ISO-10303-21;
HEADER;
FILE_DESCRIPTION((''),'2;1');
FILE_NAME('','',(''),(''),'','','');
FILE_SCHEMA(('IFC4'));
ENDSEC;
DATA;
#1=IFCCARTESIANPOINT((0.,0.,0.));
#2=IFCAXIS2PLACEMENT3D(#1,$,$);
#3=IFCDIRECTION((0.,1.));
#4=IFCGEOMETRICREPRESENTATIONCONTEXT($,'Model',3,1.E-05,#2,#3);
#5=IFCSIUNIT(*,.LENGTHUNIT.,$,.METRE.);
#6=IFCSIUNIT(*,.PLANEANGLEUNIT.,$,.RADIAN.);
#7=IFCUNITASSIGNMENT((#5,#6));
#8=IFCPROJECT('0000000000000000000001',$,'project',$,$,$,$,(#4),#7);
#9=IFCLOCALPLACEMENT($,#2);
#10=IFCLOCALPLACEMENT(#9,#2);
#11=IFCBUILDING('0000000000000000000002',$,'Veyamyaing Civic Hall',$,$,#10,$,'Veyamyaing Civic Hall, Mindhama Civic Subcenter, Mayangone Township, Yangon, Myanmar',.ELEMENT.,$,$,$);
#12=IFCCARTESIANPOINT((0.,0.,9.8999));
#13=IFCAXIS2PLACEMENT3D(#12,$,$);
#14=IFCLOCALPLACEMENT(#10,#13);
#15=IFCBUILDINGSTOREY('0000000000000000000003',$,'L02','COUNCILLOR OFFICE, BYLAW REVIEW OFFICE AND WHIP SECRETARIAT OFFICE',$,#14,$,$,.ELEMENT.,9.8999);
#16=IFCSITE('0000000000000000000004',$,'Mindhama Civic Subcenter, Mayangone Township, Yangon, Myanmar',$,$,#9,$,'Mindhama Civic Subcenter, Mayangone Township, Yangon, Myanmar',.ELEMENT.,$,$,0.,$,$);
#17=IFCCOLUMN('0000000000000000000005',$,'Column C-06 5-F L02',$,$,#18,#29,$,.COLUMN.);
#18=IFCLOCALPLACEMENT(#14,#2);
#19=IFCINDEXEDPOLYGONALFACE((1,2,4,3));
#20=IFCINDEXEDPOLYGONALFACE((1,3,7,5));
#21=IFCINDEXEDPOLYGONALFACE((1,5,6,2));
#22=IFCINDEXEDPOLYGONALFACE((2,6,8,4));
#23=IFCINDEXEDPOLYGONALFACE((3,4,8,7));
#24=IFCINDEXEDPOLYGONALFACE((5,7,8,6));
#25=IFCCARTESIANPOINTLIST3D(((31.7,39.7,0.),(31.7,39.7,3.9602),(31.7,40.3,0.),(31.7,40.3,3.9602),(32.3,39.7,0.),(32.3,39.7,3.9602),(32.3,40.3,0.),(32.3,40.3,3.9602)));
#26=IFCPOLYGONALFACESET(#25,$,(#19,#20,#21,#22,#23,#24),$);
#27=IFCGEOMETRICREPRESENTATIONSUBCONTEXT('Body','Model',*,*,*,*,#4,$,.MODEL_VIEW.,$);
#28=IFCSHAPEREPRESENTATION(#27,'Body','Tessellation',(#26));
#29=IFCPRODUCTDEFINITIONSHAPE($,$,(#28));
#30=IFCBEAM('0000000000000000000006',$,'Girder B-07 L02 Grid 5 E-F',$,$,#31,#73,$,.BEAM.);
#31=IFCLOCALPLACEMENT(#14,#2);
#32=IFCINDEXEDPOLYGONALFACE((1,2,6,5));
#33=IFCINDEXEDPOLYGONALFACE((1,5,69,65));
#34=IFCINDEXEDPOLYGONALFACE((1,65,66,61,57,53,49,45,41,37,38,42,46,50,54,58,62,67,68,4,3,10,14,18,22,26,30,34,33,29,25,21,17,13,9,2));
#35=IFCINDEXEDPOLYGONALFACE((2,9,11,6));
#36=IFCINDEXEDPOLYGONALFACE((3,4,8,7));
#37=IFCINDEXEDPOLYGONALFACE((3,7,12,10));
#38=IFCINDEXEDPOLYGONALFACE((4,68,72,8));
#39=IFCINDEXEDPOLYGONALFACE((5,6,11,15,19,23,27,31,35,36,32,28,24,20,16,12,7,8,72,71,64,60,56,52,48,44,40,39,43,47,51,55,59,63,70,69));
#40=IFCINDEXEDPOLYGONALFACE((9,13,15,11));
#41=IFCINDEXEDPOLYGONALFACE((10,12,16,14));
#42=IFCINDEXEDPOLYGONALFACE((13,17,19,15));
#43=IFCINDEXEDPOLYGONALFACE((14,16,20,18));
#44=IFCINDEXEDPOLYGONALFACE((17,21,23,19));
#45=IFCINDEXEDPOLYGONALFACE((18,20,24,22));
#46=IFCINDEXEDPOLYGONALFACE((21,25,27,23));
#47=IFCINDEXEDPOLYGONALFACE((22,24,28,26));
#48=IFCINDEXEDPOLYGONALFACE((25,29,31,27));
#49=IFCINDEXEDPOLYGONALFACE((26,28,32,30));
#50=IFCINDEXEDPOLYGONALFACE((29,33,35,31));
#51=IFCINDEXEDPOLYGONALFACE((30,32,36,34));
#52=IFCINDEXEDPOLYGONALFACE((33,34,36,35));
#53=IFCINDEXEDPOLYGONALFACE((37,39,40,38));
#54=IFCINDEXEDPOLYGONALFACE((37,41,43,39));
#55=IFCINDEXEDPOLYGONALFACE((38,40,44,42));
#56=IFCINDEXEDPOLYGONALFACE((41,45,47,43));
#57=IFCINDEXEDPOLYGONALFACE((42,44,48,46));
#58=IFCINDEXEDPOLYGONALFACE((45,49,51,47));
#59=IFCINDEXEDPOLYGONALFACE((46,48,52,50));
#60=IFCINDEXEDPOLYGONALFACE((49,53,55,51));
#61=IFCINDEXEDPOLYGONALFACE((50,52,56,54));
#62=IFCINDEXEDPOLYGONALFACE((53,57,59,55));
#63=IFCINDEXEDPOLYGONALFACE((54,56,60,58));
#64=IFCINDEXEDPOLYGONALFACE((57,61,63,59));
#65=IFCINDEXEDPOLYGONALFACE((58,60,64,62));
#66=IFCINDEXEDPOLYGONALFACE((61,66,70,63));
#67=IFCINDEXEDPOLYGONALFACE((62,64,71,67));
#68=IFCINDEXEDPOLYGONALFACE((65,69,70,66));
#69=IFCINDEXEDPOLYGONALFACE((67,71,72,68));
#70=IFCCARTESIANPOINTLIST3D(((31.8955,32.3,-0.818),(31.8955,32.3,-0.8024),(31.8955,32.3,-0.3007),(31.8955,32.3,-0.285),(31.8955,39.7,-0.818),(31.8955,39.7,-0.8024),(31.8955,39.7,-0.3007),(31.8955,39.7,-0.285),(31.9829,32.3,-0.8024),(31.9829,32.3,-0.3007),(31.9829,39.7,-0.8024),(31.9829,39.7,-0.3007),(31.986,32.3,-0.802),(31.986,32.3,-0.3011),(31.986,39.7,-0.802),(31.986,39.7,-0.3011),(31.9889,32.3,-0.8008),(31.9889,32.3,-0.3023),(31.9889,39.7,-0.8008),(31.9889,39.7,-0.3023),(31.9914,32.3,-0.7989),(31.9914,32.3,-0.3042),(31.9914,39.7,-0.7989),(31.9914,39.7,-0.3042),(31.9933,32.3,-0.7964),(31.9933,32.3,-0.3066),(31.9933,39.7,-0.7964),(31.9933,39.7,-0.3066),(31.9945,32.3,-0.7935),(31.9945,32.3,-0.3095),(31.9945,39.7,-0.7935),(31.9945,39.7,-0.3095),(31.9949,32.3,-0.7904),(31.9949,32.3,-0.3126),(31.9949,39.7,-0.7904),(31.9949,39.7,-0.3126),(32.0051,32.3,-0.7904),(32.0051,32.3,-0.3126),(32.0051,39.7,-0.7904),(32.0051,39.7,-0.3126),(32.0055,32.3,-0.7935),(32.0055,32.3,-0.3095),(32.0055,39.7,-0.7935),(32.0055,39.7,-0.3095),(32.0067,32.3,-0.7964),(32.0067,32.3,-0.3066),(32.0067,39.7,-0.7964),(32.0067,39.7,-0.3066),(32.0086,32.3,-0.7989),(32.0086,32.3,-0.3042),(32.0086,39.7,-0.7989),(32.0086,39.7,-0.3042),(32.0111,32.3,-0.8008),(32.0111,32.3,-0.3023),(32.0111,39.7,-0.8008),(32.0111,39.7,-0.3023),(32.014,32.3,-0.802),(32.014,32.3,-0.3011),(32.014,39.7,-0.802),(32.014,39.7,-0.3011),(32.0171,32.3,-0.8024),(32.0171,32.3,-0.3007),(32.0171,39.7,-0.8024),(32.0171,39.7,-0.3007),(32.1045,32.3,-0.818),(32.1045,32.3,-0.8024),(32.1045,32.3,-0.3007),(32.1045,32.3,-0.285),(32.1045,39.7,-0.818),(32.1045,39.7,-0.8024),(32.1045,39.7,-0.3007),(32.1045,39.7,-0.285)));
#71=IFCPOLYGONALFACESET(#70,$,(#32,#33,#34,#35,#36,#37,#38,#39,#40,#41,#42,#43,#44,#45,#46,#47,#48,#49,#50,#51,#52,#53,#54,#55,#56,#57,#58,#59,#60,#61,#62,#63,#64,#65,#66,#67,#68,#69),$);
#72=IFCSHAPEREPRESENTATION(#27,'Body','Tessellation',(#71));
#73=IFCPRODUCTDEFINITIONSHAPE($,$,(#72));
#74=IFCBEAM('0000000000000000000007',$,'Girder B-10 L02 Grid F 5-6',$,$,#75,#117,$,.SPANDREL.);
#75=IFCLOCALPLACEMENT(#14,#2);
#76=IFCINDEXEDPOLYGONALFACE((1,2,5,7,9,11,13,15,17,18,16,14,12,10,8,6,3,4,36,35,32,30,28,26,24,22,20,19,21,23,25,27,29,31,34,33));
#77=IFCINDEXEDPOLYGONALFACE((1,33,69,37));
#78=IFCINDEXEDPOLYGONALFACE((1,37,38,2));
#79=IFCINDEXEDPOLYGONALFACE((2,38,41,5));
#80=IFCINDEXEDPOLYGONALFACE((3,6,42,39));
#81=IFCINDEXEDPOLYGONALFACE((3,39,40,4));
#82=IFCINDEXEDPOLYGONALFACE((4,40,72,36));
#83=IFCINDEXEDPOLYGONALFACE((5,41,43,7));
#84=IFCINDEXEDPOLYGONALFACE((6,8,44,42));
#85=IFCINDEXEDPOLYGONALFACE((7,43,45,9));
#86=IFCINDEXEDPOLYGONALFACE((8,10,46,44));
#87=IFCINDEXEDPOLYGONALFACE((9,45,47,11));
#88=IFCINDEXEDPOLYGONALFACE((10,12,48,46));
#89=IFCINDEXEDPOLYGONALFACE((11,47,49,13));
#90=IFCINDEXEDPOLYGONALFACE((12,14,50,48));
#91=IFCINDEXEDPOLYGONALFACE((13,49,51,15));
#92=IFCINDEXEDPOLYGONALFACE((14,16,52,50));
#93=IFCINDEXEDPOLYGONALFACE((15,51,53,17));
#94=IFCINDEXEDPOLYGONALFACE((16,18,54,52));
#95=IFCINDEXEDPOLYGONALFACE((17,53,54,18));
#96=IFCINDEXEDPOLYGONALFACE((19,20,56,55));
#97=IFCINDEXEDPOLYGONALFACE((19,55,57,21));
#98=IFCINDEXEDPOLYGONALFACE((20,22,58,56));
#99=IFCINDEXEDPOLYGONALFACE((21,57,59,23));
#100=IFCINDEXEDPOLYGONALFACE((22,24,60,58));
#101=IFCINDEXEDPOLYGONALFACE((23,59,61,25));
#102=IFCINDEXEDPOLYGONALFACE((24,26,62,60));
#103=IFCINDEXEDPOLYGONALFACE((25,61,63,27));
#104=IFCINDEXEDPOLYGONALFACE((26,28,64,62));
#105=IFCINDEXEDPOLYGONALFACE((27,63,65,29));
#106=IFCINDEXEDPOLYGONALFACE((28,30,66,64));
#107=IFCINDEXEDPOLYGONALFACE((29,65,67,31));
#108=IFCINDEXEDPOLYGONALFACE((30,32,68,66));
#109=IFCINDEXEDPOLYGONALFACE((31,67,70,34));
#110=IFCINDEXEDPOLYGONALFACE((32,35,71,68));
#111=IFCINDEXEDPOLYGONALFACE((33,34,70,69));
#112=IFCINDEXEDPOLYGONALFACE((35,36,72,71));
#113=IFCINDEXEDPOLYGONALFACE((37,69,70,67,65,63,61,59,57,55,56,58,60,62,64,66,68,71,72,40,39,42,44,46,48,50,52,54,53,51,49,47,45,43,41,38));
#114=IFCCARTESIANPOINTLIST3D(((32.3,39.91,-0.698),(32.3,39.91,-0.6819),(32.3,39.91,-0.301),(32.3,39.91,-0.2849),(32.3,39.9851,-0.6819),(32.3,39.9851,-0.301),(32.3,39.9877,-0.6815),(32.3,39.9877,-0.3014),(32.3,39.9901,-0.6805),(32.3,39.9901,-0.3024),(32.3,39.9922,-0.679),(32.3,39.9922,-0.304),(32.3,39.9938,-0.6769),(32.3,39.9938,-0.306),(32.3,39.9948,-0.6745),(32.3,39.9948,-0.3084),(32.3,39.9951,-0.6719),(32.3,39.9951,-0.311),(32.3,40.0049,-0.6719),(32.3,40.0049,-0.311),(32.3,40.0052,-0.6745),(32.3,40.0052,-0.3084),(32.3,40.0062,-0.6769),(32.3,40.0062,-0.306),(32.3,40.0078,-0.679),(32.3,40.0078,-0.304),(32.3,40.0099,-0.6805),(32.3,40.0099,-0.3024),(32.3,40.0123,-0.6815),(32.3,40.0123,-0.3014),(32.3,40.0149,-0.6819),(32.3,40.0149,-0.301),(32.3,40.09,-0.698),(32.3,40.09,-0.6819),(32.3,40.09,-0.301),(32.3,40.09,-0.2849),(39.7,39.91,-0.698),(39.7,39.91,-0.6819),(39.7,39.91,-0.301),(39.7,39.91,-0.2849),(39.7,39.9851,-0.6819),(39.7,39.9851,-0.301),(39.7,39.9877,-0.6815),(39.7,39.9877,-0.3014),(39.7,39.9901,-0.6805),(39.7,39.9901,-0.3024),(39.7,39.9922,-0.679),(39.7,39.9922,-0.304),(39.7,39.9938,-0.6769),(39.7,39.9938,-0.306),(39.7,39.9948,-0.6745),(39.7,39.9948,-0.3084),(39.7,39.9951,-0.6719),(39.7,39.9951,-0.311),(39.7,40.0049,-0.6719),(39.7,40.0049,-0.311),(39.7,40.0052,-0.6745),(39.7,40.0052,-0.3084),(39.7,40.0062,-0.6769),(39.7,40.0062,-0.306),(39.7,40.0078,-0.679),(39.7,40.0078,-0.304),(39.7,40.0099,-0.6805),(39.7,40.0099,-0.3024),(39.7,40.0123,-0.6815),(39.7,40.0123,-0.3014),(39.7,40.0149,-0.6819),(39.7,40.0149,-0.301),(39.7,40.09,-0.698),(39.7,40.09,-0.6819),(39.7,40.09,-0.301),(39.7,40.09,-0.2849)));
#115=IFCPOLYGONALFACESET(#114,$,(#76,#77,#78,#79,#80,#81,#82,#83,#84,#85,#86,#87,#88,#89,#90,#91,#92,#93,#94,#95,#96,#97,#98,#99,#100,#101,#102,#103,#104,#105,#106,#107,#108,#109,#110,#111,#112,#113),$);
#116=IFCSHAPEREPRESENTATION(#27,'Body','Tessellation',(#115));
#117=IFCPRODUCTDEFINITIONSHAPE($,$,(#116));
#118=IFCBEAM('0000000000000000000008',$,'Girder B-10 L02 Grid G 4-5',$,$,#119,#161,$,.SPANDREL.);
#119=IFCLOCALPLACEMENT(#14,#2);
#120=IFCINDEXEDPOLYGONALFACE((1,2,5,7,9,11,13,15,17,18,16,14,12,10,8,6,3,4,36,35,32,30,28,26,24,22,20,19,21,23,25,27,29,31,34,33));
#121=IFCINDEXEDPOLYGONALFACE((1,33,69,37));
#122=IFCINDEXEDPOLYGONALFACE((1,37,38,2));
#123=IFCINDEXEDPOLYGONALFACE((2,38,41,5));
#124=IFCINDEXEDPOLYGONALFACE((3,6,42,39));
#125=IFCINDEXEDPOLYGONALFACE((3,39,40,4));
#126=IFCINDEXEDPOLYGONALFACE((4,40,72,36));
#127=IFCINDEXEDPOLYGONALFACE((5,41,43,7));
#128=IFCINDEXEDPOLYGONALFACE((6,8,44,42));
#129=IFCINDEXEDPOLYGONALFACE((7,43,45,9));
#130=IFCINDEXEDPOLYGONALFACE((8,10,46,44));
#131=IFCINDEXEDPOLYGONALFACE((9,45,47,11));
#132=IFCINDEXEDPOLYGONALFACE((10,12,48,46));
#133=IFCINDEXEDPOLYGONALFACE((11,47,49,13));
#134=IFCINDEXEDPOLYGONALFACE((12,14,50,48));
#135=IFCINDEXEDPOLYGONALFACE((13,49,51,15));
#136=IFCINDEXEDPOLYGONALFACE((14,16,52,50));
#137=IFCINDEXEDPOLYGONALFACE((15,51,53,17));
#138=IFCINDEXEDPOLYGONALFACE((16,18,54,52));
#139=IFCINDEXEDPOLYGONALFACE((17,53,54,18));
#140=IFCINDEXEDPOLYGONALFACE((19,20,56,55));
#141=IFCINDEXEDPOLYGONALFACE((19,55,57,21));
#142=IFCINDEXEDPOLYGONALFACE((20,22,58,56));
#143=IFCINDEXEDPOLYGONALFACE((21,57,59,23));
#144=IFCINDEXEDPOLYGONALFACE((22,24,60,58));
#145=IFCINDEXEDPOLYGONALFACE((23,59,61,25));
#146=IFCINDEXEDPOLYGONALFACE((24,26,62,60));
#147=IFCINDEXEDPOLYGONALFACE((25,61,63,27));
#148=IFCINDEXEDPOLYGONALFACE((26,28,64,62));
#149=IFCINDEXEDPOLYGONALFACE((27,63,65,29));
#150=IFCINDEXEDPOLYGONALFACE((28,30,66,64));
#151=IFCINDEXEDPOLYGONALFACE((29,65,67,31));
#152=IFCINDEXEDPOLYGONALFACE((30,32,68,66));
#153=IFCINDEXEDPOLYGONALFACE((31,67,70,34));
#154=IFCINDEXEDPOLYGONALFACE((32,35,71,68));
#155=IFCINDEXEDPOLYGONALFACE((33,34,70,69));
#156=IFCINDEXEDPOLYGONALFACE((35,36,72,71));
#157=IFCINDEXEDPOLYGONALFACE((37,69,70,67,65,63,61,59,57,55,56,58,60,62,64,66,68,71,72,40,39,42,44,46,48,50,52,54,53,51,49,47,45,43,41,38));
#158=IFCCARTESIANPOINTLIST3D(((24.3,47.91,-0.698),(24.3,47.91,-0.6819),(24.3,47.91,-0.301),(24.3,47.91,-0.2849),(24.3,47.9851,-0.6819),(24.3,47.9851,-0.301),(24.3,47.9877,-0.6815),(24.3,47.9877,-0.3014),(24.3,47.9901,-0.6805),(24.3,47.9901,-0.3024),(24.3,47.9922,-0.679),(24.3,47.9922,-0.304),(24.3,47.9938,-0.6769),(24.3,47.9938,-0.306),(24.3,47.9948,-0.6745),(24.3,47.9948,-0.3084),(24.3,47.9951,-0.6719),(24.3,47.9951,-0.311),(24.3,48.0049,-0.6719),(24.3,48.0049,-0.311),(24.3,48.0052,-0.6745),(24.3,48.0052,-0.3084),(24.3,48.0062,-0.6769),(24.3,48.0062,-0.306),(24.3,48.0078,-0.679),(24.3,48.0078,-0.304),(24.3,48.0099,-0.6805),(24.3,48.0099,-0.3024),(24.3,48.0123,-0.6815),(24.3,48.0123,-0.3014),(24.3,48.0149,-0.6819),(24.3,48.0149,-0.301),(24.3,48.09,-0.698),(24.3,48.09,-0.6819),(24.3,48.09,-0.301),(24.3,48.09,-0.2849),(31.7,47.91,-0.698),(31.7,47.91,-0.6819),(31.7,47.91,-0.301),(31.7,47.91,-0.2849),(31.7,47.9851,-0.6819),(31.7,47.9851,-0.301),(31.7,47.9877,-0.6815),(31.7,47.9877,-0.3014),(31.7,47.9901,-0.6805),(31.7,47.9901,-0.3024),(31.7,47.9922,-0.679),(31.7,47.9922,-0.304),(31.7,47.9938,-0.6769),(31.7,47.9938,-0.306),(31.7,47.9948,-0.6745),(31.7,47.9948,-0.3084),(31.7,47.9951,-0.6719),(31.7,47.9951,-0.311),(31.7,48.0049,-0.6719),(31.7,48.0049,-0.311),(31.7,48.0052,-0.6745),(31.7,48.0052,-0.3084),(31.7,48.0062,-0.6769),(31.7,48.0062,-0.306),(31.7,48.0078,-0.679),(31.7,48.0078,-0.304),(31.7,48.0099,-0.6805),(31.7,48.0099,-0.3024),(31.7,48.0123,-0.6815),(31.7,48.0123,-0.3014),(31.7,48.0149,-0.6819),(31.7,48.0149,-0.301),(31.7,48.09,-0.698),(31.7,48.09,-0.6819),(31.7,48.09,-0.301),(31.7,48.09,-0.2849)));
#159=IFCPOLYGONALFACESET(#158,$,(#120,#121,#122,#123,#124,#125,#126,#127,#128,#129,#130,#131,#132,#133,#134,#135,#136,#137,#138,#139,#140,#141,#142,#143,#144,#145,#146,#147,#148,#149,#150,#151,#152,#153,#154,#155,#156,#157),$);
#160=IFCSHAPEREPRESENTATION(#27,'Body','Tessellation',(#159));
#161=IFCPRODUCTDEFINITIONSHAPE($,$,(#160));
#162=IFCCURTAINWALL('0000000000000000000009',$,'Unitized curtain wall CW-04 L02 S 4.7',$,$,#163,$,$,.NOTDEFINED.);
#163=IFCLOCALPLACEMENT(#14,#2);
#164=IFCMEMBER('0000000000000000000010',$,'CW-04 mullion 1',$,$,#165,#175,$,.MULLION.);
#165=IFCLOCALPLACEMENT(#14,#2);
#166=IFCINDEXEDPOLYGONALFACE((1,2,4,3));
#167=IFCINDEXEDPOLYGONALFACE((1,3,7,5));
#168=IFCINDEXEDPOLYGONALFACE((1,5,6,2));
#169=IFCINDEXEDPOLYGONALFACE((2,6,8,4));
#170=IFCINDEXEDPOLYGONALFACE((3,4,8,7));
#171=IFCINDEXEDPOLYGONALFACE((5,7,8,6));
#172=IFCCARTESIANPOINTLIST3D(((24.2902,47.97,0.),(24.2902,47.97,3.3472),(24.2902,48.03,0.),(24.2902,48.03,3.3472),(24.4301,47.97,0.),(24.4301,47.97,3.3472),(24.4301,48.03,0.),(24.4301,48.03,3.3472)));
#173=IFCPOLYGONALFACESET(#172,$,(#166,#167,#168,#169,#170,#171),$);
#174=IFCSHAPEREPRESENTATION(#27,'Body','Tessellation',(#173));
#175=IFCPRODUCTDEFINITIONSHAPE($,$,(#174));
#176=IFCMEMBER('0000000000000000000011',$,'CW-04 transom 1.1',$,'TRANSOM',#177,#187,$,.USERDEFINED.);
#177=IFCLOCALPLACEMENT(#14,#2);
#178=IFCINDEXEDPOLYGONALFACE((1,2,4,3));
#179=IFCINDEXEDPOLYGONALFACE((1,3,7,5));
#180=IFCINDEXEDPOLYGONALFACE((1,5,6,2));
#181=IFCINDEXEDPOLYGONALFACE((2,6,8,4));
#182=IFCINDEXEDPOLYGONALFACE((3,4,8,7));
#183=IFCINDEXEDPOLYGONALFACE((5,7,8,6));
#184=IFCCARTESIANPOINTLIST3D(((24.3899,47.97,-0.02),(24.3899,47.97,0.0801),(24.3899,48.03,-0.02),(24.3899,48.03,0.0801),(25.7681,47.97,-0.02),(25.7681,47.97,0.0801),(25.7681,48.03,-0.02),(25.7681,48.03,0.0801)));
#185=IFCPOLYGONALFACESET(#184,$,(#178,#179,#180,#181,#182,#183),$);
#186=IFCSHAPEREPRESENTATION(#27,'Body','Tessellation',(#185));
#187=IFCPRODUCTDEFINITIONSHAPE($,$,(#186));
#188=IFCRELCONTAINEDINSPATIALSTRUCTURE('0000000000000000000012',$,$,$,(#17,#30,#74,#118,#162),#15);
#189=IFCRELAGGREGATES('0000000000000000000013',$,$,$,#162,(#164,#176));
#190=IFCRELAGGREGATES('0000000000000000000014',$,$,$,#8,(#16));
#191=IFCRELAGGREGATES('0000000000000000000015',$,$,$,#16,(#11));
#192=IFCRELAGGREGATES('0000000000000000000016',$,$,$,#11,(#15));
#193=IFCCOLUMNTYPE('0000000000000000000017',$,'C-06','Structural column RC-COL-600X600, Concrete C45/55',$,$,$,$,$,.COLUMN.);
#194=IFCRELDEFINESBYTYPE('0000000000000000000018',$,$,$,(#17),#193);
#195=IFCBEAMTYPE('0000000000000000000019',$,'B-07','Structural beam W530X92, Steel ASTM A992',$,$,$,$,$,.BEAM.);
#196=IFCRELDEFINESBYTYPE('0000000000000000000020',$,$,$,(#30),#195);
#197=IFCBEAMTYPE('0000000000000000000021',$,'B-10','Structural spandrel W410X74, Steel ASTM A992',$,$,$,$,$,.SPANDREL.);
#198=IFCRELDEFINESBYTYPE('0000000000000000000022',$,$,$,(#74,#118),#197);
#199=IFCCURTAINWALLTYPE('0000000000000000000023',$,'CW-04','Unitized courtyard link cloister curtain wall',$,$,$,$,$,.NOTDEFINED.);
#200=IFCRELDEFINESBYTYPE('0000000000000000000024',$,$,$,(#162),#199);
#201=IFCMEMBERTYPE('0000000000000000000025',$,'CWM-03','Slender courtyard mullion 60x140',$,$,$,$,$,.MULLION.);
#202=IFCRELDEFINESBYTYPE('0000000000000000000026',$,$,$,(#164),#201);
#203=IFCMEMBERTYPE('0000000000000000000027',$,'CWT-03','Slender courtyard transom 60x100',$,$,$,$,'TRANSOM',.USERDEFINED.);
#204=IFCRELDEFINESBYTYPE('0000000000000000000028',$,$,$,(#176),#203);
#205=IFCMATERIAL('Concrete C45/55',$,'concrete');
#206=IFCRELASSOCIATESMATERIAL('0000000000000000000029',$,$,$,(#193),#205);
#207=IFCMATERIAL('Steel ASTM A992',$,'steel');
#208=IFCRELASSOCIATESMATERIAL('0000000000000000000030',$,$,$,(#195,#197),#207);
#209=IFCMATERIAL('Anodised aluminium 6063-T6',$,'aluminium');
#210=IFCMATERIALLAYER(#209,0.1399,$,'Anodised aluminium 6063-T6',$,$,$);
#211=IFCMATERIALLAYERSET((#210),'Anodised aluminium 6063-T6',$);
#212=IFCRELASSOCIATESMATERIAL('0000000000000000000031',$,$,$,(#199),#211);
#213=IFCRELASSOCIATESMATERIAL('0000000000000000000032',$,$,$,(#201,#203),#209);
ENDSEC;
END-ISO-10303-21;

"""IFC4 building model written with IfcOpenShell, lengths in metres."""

from ifc_helpers import new_model, si_unit, direction, frame, origin, origin_2d, place, context, subcontext, project, spatial, rectangle, i_section, extrude, material, layer, layer_set, material_profile, profile_set, type_object, element, aggregate, save


model = new_model("IFC4")

# Units and contexts
model_context = context("Model", 3, precision=1e-05, world=origin(), true_north=direction((0.0, 1.0)))
body_context = subcontext(model_context, "Body", "Model", "MODEL_VIEW")
ifc_project = project(units=[si_unit("LENGTHUNIT", "METRE"), si_unit("PLANEANGLEUNIT", "RADIAN")], contexts=[model_context])

# Site, building, storey
site_placement = place(None, origin())
site = spatial("IfcSite", under=ifc_project, at=site_placement, Name="Mindhama Civic Subcenter, Mayangone Township, Yangon, Myanmar", LongName="Mindhama Civic Subcenter, Mayangone Township, Yangon, Myanmar", CompositionType="ELEMENT", RefElevation=0.0)
building_placement = place(site_placement, origin())
building = spatial("IfcBuilding", under=site, at=building_placement, Name="Veyamyaing Civic Hall", LongName="Veyamyaing Civic Hall, Mindhama Civic Subcenter, Mayangone Township, Yangon, Myanmar", CompositionType="ELEMENT")
storey_placement = place(building_placement, frame((0.0, 0.0, 9.8999)))
storey = spatial("IfcBuildingStorey", under=building, at=storey_placement, Name="L02", Description="COUNCILLOR OFFICE, BYLAW REVIEW OFFICE AND WHIP SECRETARIAT OFFICE", CompositionType="ELEMENT", Elevation=9.8999)

# Column
ifc_material_1 = material(Name="Concrete C45/55", Category="concrete")
ifc_material_profile_1 = material_profile(ifc_material_1, rectangle(XDim=0.6001, YDim=0.6001, at=origin_2d()), Name="RC-COL-600X600")
ifc_profile_set_1 = profile_set([ifc_material_profile_1], Name="Concrete C45/55")
column_type = type_object("IfcColumnType", Name="C-06", Description="Structural column RC-COL-600X600, Concrete C45/55", PredefinedType="COLUMN", material=ifc_profile_set_1)
column_placement = place(storey_placement, frame((32.0, 40.0, 0.0), z_axis=(0.0, 0.0, 1.0), x_axis=(1.0, 0.0, 0.0)))
element("IfcColumn", 1, at=column_placement, inside=storey, type_object=column_type, Name="Column C-06 5-F L02", PredefinedType="COLUMN", context=body_context, shape_type="SweptSolid", body=[
    extrude(rectangle(XDim=0.6001, YDim=0.6001, at=origin_2d()), origin(), (0.0, 0.0, 1.0), 3.9602),
])

# Beams
ifc_material_2 = material(Name="Steel ASTM A992", Category="steel")
ifc_material_profile_2 = material_profile(ifc_material_2, i_section(OverallWidth=0.209, OverallDepth=0.533, WebThickness=0.0103, FlangeThickness=0.0156, FilletRadius=0.012, at=origin_2d()), Name="W530X92")
ifc_profile_set_2 = profile_set([ifc_material_profile_2], Name="Steel ASTM A992")
beam_type_1 = type_object("IfcBeamType", Name="B-07", Description="Structural beam W530X92, Steel ASTM A992", PredefinedType="BEAM", material=ifc_profile_set_2)
beam_placement = place(storey_placement, frame((32.0, 32.3, -0.5515), z_axis=(0.0, 1.0, 0.0), x_axis=(-1.0, 0.0, 0.0)))
element("IfcBeam", 2, at=beam_placement, inside=storey, type_object=beam_type_1, Name="Girder B-07 L02 Grid 5 E-F", PredefinedType="BEAM", context=body_context, shape_type="SweptSolid", body=[
    extrude(i_section(OverallWidth=0.209, OverallDepth=0.533, WebThickness=0.0103, FlangeThickness=0.0156, FilletRadius=0.012, at=origin_2d()), origin(), (0.0, 0.0, 1.0), 7.3999),
])
ifc_material_profile_3 = material_profile(ifc_material_2, i_section(OverallWidth=0.1799, OverallDepth=0.4131, WebThickness=0.0098, FlangeThickness=0.0161, FilletRadius=0.01, at=origin_2d()), Name="W410X74")
ifc_profile_set_3 = profile_set([ifc_material_profile_3], Name="Steel ASTM A992")
beam_type_2 = type_object("IfcBeamType", Name="B-10", Description="Structural spandrel W410X74, Steel ASTM A992", PredefinedType="SPANDREL", material=ifc_profile_set_3)
for number, where, z_axis, x_axis, name in (
    (3, (32.3, 40.0, -0.4915), (1.0, 0.0, 0.0), (0.0, 1.0, 0.0), "Girder B-10 L02 Grid F 5-6"),
    (4, (24.3, 48.0, -0.4915), (1.0, 0.0, 0.0), (0.0, 1.0, 0.0), "Girder B-10 L02 Grid G 4-5"),
):
    element("IfcBeam", number, at=place(storey_placement, frame(where, z_axis=z_axis, x_axis=x_axis)), inside=storey, type_object=beam_type_2, Name=name, PredefinedType="SPANDREL", context=body_context, shape_type="SweptSolid", body=[
        extrude(i_section(OverallWidth=0.1799, OverallDepth=0.4131, WebThickness=0.0098, FlangeThickness=0.0161, FilletRadius=0.01, at=origin_2d()), origin(), (0.0, 0.0, 1.0), 7.3999),
    ])

# Curtain wall, members
ifc_material_3 = material(Name="Anodised aluminium 6063-T6", Category="aluminium")
ifc_layer_1 = layer(ifc_material_3, 0.1399, Name="Anodised aluminium 6063-T6")
ifc_layer_set_1 = layer_set([ifc_layer_1], Name="Anodised aluminium 6063-T6")
curtain_wall_type = type_object("IfcCurtainWallType", Name="CW-04", Description="Unitized courtyard link cloister curtain wall", PredefinedType="NOTDEFINED", material=ifc_layer_set_1)
curtain_wall_placement = place(storey_placement, origin())
curtain_wall = element("IfcCurtainWall", 5, at=curtain_wall_placement, inside=storey, type_object=curtain_wall_type, Name="Unitized curtain wall CW-04 L02 S 4.7", PredefinedType="NOTDEFINED")
ifc_material_profile_4 = material_profile(ifc_material_3, rectangle(XDim=0.0601, YDim=0.1399, at=origin_2d()), Name="ALU-MUL-60X140")
ifc_profile_set_4 = profile_set([ifc_material_profile_4], Name="Anodised aluminium 6063-T6")
member_type_1 = type_object("IfcMemberType", Name="CWM-03", Description="Slender courtyard mullion 60x140", PredefinedType="MULLION", material=ifc_profile_set_4)
member_1_placement = place(storey_placement, frame((24.3601, 48.0, 0.0), z_axis=(0.0, 0.0, 1.0), x_axis=(0.0, 1.0, 0.0)))
member_1 = element("IfcMember", 6, at=member_1_placement, type_object=member_type_1, Name="CW-04 mullion 1", PredefinedType="MULLION", context=body_context, shape_type="SweptSolid", body=[
    extrude(rectangle(XDim=0.0601, YDim=0.1399, at=origin_2d()), origin(), (0.0, 0.0, 1.0), 3.3472),
])
ifc_material_profile_5 = material_profile(ifc_material_3, rectangle(XDim=0.0601, YDim=0.1001, at=origin_2d()), Name="ALU-TRN-60X100")
ifc_profile_set_5 = profile_set([ifc_material_profile_5], Name="Anodised aluminium 6063-T6")
member_type_2 = type_object("IfcMemberType", Name="CWT-03", Description="Slender courtyard transom 60x100", ElementType="TRANSOM", PredefinedType="USERDEFINED", material=ifc_profile_set_5)
member_2_placement = place(storey_placement, frame((24.3899, 48.0, 0.03), z_axis=(1.0, 0.0, 0.0), x_axis=(0.0, 1.0, 0.0)))
member_2 = element("IfcMember", 7, at=member_2_placement, type_object=member_type_2, Name="CW-04 transom 1.1", ObjectType="TRANSOM", PredefinedType="USERDEFINED", context=body_context, shape_type="SweptSolid", body=[
    extrude(rectangle(XDim=0.0601, YDim=0.1001, at=origin_2d()), origin(), (0.0, 0.0, 1.0), 1.3782),
])
aggregate(curtain_wall, [member_1, member_2])

save(model, "model.ifc")
